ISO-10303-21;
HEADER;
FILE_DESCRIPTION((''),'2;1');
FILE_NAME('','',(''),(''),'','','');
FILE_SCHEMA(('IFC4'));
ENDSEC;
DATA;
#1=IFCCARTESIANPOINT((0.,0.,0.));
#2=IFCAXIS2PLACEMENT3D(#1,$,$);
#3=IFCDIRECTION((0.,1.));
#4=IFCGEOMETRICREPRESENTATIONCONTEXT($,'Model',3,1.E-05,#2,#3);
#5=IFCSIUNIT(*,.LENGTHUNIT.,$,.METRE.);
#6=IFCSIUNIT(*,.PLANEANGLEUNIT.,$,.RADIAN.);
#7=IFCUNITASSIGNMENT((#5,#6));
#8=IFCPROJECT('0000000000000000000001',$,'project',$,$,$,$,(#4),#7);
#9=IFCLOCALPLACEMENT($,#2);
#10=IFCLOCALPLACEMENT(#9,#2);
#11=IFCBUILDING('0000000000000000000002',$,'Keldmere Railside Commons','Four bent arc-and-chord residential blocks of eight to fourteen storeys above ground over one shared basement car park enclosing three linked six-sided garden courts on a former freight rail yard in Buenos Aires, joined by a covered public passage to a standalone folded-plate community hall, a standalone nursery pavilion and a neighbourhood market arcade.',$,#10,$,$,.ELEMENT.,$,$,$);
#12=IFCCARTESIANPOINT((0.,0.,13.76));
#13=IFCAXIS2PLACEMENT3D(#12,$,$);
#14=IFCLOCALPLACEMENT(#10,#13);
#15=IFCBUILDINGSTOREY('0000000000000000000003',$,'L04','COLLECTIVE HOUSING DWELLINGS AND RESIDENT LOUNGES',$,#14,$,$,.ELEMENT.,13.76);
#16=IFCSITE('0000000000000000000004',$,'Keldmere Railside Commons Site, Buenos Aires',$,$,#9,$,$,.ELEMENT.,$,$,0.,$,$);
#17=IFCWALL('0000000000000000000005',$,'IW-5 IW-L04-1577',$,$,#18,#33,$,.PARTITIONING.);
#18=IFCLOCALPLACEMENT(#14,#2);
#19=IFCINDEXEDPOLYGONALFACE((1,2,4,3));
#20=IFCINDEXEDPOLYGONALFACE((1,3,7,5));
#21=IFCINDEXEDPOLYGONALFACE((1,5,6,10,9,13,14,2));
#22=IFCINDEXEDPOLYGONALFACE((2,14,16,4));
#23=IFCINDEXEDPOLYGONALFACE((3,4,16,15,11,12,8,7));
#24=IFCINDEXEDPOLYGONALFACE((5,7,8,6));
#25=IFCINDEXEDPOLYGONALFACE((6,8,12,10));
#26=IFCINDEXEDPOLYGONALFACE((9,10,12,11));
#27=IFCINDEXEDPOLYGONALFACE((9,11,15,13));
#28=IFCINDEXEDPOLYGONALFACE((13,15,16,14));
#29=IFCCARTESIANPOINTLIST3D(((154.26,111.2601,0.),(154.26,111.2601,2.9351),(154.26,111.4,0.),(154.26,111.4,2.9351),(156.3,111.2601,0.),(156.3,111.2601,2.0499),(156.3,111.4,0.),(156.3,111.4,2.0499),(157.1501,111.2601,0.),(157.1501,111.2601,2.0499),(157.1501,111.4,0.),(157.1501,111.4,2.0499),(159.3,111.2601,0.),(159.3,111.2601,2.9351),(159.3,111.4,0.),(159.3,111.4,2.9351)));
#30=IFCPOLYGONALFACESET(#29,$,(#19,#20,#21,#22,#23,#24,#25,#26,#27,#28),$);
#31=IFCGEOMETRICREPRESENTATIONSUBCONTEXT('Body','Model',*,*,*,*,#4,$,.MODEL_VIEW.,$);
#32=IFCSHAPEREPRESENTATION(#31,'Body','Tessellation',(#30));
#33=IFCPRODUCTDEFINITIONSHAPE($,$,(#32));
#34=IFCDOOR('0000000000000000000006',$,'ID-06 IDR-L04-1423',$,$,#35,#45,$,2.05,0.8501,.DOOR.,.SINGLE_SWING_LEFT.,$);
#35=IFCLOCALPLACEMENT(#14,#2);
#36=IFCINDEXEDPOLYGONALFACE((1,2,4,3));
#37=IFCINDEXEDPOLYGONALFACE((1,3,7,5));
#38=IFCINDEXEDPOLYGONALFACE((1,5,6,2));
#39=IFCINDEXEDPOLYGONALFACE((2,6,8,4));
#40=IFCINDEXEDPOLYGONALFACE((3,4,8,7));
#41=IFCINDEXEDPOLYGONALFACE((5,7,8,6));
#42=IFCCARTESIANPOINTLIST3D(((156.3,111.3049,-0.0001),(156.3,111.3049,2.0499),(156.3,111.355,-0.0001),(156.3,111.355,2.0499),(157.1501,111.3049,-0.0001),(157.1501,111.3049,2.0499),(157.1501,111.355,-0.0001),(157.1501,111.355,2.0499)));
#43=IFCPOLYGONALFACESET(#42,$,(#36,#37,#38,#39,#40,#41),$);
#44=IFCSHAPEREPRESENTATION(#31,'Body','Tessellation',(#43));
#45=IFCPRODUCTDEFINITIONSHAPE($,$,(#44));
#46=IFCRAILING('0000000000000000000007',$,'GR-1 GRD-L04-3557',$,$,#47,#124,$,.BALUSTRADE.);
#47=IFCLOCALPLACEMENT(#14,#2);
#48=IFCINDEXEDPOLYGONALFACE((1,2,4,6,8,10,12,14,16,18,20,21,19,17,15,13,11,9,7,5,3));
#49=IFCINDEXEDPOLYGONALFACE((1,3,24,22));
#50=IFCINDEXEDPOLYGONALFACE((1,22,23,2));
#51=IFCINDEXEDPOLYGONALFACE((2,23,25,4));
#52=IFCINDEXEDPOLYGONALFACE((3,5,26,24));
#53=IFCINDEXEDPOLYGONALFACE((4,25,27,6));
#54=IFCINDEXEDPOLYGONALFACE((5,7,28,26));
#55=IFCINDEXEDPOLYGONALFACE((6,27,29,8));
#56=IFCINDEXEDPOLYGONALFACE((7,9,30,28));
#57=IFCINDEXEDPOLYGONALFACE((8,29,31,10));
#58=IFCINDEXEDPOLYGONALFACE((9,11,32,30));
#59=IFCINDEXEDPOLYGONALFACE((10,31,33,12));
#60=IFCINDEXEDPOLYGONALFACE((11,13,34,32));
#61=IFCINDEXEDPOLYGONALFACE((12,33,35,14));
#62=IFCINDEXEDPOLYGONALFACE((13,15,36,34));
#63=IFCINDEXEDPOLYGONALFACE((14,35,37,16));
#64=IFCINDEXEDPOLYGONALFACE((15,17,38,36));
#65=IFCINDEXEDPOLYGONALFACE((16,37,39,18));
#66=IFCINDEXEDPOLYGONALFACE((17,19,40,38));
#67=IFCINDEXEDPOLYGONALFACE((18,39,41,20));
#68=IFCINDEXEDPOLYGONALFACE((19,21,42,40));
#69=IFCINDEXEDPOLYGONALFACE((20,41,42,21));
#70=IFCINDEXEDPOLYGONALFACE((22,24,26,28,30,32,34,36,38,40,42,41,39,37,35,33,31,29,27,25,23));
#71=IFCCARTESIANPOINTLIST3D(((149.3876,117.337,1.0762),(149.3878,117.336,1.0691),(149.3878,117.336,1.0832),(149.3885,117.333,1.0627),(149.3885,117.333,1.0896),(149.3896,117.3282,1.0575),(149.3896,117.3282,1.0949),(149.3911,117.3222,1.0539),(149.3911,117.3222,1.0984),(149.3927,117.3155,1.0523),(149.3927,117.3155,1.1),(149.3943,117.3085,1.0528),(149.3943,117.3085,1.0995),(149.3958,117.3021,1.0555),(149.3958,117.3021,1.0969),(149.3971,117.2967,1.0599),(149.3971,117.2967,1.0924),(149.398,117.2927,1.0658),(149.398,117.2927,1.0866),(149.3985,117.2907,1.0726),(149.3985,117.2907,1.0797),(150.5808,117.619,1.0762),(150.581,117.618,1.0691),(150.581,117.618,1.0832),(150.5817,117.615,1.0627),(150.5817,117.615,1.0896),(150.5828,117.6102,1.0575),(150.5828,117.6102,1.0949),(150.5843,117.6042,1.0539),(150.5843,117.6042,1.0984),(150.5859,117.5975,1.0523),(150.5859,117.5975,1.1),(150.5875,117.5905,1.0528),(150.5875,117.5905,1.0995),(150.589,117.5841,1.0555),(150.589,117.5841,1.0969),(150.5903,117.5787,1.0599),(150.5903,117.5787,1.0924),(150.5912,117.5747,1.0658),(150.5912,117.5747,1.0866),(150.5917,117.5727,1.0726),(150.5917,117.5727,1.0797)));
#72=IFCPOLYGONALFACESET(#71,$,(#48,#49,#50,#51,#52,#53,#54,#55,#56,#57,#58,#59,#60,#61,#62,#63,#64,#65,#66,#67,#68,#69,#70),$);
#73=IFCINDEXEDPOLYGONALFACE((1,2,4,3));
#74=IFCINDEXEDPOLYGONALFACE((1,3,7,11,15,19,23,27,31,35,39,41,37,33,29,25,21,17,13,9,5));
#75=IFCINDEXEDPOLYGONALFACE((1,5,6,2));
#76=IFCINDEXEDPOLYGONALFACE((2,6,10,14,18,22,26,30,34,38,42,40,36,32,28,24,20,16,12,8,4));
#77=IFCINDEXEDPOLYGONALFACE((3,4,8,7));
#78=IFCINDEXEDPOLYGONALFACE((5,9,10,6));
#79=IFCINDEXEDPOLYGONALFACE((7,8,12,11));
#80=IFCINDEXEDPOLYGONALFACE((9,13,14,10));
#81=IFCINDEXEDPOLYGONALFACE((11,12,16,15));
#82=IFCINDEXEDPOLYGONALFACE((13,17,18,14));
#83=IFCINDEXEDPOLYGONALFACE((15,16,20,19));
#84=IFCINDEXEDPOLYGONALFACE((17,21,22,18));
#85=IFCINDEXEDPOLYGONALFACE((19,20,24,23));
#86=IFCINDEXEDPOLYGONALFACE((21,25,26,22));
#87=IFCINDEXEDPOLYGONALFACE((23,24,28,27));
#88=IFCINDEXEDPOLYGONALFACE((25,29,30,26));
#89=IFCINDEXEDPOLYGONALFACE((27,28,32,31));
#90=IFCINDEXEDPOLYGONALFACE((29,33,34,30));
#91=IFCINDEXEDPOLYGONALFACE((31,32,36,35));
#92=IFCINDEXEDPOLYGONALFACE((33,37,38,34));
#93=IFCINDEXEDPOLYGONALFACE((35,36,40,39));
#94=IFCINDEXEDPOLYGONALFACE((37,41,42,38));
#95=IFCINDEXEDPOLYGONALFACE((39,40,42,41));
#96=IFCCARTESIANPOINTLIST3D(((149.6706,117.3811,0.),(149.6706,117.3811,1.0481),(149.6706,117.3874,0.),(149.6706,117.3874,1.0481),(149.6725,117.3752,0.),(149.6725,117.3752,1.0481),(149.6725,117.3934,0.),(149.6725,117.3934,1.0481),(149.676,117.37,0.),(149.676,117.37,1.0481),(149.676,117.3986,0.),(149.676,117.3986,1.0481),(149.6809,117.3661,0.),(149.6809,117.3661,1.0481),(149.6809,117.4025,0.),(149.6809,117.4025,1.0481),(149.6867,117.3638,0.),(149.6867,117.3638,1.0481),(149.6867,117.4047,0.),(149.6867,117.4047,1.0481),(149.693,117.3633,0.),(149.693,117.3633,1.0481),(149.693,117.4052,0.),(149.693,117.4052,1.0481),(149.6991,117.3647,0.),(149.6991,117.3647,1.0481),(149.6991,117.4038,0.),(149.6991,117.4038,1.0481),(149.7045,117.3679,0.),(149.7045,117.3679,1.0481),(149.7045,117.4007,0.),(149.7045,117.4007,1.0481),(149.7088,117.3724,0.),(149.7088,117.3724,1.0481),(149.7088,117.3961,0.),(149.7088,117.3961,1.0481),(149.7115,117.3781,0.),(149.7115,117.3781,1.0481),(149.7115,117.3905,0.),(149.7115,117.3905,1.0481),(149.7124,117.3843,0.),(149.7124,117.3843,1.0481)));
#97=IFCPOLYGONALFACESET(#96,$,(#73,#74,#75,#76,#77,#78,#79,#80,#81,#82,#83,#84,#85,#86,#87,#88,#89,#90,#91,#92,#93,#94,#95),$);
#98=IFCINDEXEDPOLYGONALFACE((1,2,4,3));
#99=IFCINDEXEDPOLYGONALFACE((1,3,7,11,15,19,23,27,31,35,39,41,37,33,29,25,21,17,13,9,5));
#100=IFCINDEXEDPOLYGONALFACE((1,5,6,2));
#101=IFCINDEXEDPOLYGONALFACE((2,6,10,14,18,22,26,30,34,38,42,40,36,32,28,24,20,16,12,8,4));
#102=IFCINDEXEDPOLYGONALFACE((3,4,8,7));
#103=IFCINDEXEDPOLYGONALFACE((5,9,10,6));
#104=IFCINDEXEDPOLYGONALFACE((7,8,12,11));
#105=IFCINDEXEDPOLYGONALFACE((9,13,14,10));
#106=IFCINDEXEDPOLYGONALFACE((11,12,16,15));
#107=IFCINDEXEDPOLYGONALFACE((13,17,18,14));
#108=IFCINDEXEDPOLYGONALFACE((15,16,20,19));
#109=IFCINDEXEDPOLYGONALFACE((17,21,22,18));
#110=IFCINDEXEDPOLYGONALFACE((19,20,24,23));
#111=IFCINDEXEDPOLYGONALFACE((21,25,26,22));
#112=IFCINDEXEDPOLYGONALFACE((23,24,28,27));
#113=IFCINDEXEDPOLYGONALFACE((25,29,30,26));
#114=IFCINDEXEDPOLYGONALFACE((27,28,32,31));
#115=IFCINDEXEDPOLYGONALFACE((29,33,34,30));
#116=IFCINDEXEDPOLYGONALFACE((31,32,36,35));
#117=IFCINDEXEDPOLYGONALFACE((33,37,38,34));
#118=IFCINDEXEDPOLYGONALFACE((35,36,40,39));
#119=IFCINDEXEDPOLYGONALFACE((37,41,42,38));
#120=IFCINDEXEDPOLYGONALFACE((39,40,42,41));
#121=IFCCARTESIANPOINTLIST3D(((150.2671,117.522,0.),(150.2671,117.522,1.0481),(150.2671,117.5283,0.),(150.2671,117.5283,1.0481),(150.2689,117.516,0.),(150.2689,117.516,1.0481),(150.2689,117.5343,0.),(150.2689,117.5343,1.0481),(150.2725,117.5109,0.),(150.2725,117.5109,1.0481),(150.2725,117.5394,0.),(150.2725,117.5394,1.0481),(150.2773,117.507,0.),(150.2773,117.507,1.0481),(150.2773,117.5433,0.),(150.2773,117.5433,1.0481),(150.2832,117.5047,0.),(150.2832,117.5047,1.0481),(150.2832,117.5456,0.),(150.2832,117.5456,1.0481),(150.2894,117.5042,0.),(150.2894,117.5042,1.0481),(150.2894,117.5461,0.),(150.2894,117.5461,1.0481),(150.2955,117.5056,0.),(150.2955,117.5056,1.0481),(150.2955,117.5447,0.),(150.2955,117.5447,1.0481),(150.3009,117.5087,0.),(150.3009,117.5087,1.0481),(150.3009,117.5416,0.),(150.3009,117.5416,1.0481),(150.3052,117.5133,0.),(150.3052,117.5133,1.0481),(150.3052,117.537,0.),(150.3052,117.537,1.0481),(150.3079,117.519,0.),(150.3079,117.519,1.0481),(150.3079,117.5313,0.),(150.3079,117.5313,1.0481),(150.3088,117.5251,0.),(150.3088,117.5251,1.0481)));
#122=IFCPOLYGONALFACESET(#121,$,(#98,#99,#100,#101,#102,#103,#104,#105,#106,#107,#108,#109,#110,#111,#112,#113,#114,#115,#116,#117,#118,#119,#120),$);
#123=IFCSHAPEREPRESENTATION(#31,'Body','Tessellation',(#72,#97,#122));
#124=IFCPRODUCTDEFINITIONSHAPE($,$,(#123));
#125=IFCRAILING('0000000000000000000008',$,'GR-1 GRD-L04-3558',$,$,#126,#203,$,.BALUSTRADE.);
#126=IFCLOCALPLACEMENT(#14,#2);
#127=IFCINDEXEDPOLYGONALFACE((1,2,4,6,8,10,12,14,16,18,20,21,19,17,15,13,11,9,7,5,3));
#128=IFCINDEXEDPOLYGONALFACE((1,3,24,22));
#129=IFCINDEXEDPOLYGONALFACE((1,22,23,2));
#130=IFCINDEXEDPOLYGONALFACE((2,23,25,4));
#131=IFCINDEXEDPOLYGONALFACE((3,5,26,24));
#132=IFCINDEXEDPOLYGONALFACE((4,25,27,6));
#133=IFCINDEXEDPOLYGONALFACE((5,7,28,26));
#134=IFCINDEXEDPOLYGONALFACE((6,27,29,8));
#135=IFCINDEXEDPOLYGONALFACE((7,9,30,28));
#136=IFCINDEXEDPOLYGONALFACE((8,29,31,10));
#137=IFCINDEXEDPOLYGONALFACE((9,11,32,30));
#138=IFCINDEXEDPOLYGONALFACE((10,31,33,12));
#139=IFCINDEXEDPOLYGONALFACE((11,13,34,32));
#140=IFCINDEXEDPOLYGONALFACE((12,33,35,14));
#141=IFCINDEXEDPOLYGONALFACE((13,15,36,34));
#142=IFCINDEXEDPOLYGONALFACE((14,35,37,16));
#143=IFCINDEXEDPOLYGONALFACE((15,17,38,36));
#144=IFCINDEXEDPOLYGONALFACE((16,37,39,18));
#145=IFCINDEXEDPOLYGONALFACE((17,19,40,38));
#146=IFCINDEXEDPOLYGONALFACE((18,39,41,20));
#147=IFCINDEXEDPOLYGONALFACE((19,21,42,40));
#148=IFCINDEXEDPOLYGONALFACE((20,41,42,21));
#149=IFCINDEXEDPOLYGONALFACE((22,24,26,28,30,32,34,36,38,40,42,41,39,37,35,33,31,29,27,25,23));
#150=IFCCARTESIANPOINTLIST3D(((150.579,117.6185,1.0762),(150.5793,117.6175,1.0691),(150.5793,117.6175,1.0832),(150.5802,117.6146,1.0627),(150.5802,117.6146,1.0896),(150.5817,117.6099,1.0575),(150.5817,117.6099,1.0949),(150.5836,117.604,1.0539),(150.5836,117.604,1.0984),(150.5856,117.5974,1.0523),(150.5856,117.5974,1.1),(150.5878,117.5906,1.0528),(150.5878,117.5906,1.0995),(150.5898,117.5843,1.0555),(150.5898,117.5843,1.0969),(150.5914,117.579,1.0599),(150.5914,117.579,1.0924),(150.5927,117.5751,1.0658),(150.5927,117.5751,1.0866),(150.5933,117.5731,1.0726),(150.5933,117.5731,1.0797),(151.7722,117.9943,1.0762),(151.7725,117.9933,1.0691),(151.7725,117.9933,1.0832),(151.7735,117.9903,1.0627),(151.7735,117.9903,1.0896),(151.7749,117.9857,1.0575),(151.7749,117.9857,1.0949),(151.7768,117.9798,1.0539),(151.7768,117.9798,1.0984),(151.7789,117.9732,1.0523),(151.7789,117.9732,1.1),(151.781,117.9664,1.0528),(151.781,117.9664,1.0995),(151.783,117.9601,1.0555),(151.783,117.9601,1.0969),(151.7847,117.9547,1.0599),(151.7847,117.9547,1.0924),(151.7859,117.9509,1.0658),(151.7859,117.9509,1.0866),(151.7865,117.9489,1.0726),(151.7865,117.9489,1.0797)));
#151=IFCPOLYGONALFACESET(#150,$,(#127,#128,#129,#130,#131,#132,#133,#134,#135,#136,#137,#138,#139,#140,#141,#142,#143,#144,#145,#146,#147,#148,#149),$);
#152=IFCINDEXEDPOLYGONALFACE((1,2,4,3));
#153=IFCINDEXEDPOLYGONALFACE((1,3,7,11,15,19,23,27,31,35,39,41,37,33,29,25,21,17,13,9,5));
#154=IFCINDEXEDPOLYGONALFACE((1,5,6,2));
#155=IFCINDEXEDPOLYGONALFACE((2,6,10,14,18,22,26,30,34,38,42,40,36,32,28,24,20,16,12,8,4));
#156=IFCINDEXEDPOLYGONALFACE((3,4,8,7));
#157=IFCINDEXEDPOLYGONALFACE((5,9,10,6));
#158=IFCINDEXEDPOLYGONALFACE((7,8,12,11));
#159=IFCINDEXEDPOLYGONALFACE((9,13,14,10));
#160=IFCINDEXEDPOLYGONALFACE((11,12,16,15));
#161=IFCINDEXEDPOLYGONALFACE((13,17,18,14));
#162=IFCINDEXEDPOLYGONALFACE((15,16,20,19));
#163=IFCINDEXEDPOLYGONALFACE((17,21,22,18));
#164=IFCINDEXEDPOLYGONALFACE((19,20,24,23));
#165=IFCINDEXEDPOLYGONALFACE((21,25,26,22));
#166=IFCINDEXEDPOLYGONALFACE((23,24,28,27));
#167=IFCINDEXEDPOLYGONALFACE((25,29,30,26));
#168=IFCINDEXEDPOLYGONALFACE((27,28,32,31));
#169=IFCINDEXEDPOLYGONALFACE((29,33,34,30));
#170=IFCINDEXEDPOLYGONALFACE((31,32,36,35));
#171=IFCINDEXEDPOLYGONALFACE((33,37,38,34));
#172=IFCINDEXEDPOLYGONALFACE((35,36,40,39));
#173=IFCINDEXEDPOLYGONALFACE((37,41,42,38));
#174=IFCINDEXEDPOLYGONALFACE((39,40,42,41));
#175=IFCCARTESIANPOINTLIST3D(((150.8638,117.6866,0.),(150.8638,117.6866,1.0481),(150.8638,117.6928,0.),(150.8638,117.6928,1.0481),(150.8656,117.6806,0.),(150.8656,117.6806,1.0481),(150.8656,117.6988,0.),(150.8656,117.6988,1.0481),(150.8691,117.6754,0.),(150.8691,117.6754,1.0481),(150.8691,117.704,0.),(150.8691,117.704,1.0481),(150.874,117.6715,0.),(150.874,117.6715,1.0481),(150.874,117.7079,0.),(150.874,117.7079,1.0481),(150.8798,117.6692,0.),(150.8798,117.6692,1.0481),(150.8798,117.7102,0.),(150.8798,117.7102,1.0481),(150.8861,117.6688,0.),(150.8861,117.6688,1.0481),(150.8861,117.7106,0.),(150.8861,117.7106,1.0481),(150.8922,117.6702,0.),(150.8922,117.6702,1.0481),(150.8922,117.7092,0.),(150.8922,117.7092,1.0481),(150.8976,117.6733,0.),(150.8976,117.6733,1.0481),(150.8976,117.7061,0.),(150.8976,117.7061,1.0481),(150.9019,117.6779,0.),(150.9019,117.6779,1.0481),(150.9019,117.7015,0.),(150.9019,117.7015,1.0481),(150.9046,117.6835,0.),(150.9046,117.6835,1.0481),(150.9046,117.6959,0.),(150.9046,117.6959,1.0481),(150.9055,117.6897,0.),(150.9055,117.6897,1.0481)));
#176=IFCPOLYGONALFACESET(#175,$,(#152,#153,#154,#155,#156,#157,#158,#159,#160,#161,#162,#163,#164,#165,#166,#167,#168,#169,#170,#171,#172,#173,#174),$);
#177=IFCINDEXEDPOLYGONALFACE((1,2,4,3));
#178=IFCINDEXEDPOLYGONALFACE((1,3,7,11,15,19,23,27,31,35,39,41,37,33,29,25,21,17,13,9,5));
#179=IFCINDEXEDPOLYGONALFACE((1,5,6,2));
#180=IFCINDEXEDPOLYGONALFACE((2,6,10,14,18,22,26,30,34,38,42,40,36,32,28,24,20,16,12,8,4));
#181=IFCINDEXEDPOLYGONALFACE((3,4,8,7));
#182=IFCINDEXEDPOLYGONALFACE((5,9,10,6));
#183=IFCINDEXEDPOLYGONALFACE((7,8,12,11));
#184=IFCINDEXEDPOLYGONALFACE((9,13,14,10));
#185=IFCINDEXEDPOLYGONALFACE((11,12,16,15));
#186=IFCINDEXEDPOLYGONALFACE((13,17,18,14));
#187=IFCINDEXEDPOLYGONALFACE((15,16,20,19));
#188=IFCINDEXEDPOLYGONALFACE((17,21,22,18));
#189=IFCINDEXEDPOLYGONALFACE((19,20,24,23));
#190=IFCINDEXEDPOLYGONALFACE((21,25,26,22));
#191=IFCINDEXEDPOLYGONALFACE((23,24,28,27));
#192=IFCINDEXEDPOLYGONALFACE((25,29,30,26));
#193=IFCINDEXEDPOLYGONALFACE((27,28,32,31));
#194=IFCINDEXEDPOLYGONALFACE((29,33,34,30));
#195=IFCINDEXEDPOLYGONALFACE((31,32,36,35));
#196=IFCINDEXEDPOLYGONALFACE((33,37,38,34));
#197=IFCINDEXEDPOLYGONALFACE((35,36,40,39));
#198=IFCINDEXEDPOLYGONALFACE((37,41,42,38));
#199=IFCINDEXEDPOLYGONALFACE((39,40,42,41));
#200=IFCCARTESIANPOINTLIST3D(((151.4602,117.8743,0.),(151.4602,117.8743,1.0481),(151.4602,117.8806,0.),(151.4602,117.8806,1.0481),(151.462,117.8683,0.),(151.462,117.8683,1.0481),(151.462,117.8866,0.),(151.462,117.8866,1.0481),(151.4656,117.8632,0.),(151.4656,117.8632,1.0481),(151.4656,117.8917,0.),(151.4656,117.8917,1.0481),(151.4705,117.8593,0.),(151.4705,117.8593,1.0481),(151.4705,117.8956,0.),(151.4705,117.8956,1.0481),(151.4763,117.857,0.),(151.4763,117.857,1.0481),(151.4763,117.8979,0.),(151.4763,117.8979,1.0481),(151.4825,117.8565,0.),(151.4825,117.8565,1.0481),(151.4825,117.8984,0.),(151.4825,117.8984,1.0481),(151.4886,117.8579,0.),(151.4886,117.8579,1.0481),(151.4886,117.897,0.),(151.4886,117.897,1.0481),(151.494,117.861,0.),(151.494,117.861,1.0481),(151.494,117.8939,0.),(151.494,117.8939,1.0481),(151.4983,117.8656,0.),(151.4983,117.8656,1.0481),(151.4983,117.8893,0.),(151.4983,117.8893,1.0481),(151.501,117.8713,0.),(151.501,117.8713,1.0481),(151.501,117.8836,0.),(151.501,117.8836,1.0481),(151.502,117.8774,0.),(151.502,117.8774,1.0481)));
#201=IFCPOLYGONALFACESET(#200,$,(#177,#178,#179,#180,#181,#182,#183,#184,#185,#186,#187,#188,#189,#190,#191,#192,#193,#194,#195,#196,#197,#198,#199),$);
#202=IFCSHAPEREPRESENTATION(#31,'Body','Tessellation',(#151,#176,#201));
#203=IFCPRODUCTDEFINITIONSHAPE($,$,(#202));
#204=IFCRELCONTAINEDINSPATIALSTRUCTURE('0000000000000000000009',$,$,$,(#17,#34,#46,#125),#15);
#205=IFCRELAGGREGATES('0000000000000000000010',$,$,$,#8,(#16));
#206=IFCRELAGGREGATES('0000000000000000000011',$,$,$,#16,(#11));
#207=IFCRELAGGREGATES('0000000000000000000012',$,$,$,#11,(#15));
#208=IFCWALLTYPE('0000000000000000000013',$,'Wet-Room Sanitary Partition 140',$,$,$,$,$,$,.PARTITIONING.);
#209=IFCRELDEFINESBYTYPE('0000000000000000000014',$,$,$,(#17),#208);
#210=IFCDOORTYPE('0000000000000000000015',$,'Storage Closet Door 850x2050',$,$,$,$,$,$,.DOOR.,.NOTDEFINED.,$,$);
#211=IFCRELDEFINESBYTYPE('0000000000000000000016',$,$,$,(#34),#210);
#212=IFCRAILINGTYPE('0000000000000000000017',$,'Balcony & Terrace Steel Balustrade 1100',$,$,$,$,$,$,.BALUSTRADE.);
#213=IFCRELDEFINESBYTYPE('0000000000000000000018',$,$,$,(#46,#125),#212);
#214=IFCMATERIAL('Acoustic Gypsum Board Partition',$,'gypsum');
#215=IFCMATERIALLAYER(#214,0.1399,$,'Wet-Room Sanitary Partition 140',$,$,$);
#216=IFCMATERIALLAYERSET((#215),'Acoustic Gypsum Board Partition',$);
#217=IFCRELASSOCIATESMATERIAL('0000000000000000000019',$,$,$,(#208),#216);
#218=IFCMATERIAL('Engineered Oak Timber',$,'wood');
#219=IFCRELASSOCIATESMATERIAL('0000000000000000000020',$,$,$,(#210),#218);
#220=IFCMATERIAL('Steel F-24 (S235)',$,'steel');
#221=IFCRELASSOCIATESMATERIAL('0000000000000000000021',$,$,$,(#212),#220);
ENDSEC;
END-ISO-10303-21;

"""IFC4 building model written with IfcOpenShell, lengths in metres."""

from ifc_helpers import new_model, si_unit, direction, frame, frame_2d, origin, origin_2d, place, context, subcontext, project, spatial, rectangle, circle, extrude, material, layer, layer_set, type_object, element, fill, save


model = new_model("IFC4")

# Units and contexts
model_context = context("Model", 3, precision=1e-05, world=origin(), true_north=direction((0.0, 1.0)))
body_context = subcontext(model_context, "Body", "Model", "MODEL_VIEW")
ifc_project = project(units=[si_unit("LENGTHUNIT", "METRE"), si_unit("PLANEANGLEUNIT", "RADIAN")], contexts=[model_context])

# Site, building, storey
site_placement = place(None, origin())
site = spatial("IfcSite", under=ifc_project, at=site_placement, Name="Keldmere Railside Commons Site, Buenos Aires", CompositionType="ELEMENT", RefElevation=0.0)
building_placement = place(site_placement, origin())
building = spatial("IfcBuilding", under=site, at=building_placement, Name="Keldmere Railside Commons", Description="Four bent arc-and-chord residential blocks of eight to fourteen storeys above ground over one shared basement car park enclosing three linked six-sided garden courts on a former freight rail yard in Buenos Aires, joined by a covered public passage to a standalone folded-plate community hall, a standalone nursery pavilion and a neighbourhood market arcade.", CompositionType="ELEMENT")
storey_placement = place(building_placement, frame((0.0, 0.0, 13.76)))
storey = spatial("IfcBuildingStorey", under=building, at=storey_placement, Name="L04", Description="COLLECTIVE HOUSING DWELLINGS AND RESIDENT LOUNGES", CompositionType="ELEMENT", Elevation=13.76)

# Shared definitions
ifc_material_1 = material(Name="Acoustic Gypsum Board Partition", Category="gypsum")
ifc_material_2 = material(Name="Engineered Oak Timber", Category="wood")

# Wall, opening, door
ifc_layer_1 = layer(ifc_material_1, 0.1399, Name="Wet-Room Sanitary Partition 140")
ifc_layer_set_1 = layer_set([ifc_layer_1], Name="Acoustic Gypsum Board Partition")
wall_type_1 = type_object("IfcWallType", Name="Wet-Room Sanitary Partition 140", PredefinedType="PARTITIONING", material=ifc_layer_set_1)
wall_1_placement = place(storey_placement, frame((154.26, 111.3301, 0.0), z_axis=(0.0, 0.0, 1.0), x_axis=(1.0, 0.0, 0.0)))
wall_1 = element("IfcWall", 1, at=wall_1_placement, inside=storey, type_object=wall_type_1, Name="IW-5 IW-L04-1577", PredefinedType="PARTITIONING", context=body_context, shape_type="SweptSolid", body=[
    extrude(rectangle(XDim=5.04, YDim=0.1399, at=frame_2d((2.52, 0.0))), origin(), (0.0, 0.0, 1.0), 2.9351),
])
opening_1_placement = place(wall_1_placement, frame((2.04, 0.0, 0.0)))
opening_1 = element("IfcOpeningElement", 2, at=opening_1_placement, cuts=wall_1, PredefinedType="OPENING", context=body_context, shape_type="SweptSolid", body=[
    extrude(rectangle(XDim=0.8501, YDim=2.05, at=frame_2d((0.425, 1.0249))), frame((0.0, 0.0798, 0.0), z_axis=(0.0, -1.0, 0.0), x_axis=(1.0, 0.0, 0.0)), (0.0, 0.0, 1.0), 0.1599),
])
door_type_1 = type_object("IfcDoorType", Name="Storage Closet Door 850x2050", OperationType="NOTDEFINED", PredefinedType="DOOR", material=ifc_material_2)
door_1_placement = place(opening_1_placement, origin())
door_1 = element("IfcDoor", 3, at=door_1_placement, inside=storey, type_object=door_type_1, Name="ID-06 IDR-L04-1423", OperationType="SINGLE_SWING_LEFT", OverallHeight=2.05, OverallWidth=0.8501, PredefinedType="DOOR", context=body_context, shape_type="SweptSolid", body=[
    extrude(rectangle(XDim=0.8501, YDim=2.05, at=frame_2d((0.425, 1.0249))), frame((0.0, 0.0249, 0.0), z_axis=(0.0, -1.0, 0.0), x_axis=(1.0, 0.0, 0.0)), (0.0, 0.0, 1.0), 0.05),
])
fill(opening_1, door_1)

# Railings
ifc_material_3 = material(Name="Steel F-24 (S235)", Category="steel")
railing_type = type_object("IfcRailingType", Name="Balcony & Terrace Steel Balustrade 1100", PredefinedType="BALUSTRADE", material=ifc_material_3)
railing_1_placement = place(storey_placement, frame((149.3931, 117.3137, 0.0)))
element("IfcRailing", 4, at=railing_1_placement, inside=storey, type_object=railing_type, Name="GR-1 GRD-L04-3557", PredefinedType="BALUSTRADE", context=body_context, shape_type="SweptSolid", body=[
    extrude(circle(Radius=0.0239, at=origin_2d()), frame((0.0, 0.0, 1.0762), z_axis=(0.973189, 0.230005, 0.0), x_axis=(-0.230005, 0.973189, 0.0)), (0.0, 0.0, 1.0), 1.2261),
    extrude(circle(Radius=0.021, at=origin_2d()), frame((0.2983, 0.0706, 0.0)), (0.0, 0.0, 1.0), 1.0481),
    extrude(circle(Radius=0.021, at=origin_2d()), frame((0.8948, 0.2114, 0.0)), (0.0, 0.0, 1.0), 1.0481),
])
railing_2_placement = place(storey_placement, frame((150.5862, 117.5957, 0.0)))
element("IfcRailing", 5, at=railing_2_placement, inside=storey, type_object=railing_type, Name="GR-1 GRD-L04-3558", PredefinedType="BALUSTRADE", context=body_context, shape_type="SweptSolid", body=[
    extrude(circle(Radius=0.0239, at=origin_2d()), frame((0.0, 0.0, 1.0762), z_axis=(0.953821, 0.300375, 0.0), x_axis=(-0.300375, 0.953821, 0.0)), (0.0, 0.0, 1.0), 1.251),
    extrude(circle(Radius=0.021, at=origin_2d()), frame((0.2983, 0.094, 0.0)), (0.0, 0.0, 1.0), 1.0481),
    extrude(circle(Radius=0.021, at=origin_2d()), frame((0.8948, 0.2817, 0.0)), (0.0, 0.0, 1.0), 1.0481),
])

save(model, "model.ifc")
